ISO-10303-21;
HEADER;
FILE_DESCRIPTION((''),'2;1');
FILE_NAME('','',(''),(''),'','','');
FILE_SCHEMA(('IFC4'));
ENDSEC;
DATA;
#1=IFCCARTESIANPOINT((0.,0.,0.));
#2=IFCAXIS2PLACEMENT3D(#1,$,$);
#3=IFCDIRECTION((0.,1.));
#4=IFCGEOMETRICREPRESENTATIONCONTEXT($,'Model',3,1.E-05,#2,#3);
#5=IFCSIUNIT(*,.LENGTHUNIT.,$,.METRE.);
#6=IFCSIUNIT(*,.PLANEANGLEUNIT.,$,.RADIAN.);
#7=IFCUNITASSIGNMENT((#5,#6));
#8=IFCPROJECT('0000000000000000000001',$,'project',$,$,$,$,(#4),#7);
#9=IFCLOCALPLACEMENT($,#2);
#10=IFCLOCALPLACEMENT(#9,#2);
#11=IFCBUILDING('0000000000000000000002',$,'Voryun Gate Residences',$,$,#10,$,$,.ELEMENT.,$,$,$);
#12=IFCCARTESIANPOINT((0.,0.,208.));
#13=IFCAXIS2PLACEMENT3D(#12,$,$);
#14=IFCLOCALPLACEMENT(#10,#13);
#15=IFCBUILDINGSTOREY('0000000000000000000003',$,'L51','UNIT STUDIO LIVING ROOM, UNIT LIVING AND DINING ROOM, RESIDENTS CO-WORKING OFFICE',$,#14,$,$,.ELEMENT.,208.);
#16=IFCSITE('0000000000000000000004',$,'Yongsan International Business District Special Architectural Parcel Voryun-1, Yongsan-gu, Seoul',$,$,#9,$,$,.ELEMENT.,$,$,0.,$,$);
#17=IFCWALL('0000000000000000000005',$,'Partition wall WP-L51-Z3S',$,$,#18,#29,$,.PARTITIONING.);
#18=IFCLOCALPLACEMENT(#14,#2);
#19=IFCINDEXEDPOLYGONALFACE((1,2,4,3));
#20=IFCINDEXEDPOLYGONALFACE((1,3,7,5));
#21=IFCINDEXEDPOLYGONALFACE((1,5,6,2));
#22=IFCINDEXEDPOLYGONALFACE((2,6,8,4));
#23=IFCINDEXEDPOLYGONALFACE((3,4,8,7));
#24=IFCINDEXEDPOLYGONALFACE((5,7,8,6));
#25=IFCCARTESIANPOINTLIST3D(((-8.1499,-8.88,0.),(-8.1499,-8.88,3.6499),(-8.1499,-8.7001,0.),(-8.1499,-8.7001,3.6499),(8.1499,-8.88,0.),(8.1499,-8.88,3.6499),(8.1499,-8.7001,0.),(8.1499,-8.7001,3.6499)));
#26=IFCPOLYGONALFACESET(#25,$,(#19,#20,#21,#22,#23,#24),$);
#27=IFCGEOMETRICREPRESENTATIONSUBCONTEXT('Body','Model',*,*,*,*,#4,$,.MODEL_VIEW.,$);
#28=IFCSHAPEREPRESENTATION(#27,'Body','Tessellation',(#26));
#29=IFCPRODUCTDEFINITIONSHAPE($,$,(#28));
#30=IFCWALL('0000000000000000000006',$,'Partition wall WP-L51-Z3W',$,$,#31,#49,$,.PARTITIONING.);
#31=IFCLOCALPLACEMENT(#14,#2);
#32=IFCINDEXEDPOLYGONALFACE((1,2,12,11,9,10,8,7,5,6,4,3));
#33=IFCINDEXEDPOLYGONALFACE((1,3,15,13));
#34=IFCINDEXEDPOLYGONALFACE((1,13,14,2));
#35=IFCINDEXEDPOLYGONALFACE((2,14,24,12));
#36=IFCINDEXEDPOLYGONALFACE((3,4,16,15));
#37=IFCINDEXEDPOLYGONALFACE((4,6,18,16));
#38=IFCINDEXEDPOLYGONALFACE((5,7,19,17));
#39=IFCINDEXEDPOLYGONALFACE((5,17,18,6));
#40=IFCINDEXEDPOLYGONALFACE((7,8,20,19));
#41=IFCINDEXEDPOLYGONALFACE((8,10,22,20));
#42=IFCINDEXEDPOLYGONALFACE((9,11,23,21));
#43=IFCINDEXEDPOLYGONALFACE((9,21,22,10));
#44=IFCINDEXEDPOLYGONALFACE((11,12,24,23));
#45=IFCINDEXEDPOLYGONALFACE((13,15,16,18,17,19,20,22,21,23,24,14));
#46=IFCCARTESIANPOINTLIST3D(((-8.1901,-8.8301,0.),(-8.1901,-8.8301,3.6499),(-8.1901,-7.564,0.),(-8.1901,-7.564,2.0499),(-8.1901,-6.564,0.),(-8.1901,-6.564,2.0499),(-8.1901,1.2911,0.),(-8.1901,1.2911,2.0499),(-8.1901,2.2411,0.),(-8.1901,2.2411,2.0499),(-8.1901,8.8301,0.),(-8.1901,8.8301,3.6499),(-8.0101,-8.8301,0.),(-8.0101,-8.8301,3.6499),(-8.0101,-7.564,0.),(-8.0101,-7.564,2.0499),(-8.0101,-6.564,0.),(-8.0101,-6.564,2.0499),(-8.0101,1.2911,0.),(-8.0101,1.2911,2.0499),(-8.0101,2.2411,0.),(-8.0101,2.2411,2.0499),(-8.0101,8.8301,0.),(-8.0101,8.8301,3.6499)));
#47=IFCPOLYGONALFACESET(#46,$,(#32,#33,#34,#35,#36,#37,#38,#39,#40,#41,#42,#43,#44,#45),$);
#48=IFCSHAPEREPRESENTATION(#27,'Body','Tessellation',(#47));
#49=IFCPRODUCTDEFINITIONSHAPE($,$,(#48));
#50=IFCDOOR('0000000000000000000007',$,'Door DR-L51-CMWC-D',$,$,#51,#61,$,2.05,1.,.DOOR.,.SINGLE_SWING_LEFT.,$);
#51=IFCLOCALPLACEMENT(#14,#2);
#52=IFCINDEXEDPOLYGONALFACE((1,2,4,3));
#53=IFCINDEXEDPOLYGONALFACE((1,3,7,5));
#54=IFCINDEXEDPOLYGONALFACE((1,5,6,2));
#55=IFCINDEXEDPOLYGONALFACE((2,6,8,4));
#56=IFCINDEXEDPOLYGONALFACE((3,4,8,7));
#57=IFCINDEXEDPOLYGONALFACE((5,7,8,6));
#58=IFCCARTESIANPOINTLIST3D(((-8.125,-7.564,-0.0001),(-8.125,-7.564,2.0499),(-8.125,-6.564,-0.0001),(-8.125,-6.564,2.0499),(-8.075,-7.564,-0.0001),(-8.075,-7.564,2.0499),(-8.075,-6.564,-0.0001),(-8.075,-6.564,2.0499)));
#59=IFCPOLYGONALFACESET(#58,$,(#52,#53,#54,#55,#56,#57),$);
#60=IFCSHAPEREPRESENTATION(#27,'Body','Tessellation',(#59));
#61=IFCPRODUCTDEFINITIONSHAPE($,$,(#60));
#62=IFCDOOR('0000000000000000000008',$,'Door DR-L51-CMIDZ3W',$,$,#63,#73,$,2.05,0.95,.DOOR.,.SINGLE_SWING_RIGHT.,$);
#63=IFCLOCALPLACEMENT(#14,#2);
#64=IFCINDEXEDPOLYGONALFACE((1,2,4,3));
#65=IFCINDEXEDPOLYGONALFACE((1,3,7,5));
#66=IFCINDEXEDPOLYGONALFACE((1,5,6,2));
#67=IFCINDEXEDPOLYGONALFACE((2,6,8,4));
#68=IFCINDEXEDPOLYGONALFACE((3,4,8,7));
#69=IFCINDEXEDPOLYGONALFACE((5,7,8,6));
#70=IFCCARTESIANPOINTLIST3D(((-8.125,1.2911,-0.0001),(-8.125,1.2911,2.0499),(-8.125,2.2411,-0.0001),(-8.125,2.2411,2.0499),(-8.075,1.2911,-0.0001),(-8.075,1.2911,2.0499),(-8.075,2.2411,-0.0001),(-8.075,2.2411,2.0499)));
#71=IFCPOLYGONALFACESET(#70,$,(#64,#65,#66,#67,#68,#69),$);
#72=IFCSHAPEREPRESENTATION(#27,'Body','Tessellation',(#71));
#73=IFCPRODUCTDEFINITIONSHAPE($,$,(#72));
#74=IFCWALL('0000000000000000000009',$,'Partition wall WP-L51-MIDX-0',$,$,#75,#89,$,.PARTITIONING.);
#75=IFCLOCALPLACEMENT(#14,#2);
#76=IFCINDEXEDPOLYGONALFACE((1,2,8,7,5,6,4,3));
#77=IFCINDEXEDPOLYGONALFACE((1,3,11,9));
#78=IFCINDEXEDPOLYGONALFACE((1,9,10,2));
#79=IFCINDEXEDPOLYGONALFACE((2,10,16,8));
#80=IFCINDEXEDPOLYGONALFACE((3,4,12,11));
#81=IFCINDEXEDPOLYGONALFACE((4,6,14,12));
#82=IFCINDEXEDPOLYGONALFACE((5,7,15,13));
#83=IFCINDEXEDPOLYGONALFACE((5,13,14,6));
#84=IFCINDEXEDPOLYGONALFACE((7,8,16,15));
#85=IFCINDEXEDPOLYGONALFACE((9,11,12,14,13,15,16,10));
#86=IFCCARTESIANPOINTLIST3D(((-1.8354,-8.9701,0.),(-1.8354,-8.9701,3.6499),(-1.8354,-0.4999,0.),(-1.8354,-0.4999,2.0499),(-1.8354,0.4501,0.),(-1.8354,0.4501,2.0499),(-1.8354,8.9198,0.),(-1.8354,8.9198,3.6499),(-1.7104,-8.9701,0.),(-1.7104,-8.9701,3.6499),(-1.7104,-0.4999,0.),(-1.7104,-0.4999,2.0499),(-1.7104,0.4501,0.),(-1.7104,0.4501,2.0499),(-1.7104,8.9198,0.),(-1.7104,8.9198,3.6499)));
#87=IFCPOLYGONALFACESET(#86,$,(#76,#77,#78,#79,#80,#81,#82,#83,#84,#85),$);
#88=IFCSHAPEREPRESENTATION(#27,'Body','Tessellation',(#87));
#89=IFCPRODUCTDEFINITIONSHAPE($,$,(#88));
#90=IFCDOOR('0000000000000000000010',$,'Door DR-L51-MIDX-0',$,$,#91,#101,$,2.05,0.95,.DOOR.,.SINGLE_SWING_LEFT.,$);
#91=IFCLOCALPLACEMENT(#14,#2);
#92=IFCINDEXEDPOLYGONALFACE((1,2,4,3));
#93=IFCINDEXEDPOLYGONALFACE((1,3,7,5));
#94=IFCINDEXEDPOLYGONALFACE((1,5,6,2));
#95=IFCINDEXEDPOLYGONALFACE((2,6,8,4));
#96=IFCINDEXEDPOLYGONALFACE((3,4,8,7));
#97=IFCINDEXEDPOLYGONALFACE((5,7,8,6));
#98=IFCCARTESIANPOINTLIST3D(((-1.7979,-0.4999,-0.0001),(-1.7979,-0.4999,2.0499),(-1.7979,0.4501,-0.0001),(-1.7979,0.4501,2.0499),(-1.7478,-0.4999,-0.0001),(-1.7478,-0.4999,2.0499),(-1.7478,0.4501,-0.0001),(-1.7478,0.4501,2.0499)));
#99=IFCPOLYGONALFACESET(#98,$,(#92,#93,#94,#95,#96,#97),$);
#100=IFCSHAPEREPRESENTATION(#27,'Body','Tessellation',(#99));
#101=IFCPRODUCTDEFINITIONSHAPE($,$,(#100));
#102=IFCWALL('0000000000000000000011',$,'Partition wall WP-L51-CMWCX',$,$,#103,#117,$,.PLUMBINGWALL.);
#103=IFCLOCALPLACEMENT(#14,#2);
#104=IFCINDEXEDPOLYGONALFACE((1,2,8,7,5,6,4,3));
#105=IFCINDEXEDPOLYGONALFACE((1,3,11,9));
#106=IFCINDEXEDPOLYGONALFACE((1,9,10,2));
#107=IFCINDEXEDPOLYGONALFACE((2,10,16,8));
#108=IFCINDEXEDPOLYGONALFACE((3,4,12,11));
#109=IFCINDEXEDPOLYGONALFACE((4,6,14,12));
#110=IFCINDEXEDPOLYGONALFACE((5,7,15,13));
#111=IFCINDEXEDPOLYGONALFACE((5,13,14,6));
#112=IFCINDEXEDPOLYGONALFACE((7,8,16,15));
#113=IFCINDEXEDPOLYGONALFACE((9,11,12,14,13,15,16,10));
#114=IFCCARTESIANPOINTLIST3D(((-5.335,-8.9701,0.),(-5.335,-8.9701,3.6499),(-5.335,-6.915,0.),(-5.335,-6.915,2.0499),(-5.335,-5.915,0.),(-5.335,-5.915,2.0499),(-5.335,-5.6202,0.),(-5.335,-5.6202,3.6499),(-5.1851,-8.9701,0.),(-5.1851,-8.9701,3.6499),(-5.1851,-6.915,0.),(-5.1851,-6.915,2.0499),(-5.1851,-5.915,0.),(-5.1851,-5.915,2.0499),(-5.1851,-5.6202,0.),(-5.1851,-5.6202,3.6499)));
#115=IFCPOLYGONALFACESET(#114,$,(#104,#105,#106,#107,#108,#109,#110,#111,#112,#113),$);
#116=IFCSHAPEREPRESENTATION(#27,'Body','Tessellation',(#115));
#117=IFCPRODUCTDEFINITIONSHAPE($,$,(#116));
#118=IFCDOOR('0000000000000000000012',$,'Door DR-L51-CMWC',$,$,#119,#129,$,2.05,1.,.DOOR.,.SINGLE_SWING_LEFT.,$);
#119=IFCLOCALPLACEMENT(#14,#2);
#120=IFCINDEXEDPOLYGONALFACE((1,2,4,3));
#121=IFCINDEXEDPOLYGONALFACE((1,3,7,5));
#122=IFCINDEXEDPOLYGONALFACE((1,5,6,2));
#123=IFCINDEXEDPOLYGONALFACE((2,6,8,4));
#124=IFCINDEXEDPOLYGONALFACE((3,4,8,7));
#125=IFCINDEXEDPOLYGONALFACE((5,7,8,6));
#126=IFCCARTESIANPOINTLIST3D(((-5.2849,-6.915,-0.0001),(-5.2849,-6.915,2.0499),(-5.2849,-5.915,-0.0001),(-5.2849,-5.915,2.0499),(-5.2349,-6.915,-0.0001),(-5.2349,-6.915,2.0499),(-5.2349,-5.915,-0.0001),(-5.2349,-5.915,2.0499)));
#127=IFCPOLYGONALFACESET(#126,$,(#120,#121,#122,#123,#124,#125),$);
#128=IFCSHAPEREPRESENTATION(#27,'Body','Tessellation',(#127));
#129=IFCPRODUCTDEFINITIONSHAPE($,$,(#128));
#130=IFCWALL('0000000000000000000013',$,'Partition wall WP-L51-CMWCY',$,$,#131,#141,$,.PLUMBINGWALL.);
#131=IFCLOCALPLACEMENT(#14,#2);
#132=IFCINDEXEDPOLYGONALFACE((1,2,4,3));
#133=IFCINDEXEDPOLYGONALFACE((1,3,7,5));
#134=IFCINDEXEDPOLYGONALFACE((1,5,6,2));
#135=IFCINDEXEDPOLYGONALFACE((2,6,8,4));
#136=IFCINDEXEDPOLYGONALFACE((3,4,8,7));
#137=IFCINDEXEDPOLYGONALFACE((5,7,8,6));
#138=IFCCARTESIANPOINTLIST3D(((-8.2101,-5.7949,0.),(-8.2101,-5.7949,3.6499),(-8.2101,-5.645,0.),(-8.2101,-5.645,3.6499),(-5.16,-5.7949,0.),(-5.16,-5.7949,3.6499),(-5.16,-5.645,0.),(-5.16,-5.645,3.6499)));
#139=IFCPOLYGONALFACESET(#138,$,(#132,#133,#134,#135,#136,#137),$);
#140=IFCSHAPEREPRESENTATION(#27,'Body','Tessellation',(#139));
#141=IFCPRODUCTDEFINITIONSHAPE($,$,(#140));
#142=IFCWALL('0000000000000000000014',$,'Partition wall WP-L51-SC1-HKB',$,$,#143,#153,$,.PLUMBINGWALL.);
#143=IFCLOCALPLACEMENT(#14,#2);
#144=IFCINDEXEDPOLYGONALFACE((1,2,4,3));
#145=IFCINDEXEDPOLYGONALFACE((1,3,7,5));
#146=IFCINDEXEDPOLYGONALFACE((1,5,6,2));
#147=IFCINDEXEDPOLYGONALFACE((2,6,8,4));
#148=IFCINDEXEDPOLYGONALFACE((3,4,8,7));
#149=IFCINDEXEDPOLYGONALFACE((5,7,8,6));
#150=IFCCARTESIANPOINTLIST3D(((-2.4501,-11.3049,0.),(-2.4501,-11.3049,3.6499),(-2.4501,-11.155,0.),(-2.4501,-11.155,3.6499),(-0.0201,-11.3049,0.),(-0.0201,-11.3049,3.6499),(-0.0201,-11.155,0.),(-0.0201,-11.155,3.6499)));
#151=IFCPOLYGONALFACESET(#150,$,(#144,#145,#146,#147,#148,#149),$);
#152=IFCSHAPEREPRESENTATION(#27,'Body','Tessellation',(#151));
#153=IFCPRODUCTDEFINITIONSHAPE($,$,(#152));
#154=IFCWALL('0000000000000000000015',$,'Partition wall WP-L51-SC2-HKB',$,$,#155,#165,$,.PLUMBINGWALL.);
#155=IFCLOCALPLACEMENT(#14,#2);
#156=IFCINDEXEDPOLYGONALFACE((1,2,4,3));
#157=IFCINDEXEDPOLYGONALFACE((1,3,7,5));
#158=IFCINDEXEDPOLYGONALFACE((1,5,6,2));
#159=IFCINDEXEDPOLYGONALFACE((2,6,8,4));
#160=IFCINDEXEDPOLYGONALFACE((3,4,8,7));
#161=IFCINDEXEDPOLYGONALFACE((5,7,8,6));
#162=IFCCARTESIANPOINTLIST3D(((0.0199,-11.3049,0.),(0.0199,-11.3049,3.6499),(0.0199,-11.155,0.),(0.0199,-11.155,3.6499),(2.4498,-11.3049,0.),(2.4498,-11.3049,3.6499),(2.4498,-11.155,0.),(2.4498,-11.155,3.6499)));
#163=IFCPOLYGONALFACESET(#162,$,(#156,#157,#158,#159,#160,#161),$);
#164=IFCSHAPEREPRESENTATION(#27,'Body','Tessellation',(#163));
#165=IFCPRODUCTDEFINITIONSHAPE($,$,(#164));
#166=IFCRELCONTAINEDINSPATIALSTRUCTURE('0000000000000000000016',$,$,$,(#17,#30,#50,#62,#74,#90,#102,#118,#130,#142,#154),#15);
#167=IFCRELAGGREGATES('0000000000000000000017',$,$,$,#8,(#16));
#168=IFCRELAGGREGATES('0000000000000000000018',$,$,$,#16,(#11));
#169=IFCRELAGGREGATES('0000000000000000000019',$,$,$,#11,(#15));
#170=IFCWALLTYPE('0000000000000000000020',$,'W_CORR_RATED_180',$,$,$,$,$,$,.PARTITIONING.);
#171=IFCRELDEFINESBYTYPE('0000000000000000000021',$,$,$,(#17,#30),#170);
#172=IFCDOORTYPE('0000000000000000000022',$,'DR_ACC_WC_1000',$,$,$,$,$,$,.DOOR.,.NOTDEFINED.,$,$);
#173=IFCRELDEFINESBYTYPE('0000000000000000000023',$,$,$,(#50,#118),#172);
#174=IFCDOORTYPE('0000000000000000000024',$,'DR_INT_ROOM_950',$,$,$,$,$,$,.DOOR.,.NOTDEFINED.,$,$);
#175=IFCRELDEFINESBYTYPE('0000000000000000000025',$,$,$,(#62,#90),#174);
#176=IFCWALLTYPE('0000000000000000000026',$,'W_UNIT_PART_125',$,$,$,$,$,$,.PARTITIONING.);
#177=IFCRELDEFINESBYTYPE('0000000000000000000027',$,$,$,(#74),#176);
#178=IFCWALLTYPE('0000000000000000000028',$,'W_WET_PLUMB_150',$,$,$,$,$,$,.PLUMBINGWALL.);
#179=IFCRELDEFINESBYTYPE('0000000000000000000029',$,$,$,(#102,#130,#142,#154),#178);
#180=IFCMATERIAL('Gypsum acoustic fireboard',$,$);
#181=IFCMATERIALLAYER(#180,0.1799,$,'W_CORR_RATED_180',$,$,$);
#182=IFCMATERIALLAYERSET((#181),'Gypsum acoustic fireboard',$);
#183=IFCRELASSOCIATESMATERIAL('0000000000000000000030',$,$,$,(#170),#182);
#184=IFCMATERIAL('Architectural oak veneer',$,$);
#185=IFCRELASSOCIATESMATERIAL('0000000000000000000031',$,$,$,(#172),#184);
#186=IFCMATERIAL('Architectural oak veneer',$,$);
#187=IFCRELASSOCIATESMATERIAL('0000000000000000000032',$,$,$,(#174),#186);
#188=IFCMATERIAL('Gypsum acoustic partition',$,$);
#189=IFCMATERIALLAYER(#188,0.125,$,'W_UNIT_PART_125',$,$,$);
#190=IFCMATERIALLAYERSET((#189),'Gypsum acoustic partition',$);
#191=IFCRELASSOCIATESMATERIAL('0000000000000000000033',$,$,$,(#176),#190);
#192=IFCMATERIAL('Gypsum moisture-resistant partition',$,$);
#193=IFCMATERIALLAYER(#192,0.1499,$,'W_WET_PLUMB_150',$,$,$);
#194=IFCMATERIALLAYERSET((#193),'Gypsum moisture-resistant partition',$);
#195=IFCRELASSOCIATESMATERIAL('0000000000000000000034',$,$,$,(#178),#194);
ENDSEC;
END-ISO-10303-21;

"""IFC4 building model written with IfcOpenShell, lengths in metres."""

from ifc_helpers import new_model, si_unit, direction, frame, frame_2d, origin, place, context, subcontext, project, spatial, rectangle, extrude, material, layer, layer_set, type_object, element, fill, save


model = new_model("IFC4")

# Units and contexts
model_context = context("Model", 3, precision=1e-05, world=origin(), true_north=direction((0.0, 1.0)))
body_context = subcontext(model_context, "Body", "Model", "MODEL_VIEW")
ifc_project = project(units=[si_unit("LENGTHUNIT", "METRE"), si_unit("PLANEANGLEUNIT", "RADIAN")], contexts=[model_context])

# Site, building, storey
site_placement = place(None, origin())
site = spatial("IfcSite", under=ifc_project, at=site_placement, Name="Yongsan International Business District Special Architectural Parcel Voryun-1, Yongsan-gu, Seoul", CompositionType="ELEMENT", RefElevation=0.0)
building_placement = place(site_placement, origin())
building = spatial("IfcBuilding", under=site, at=building_placement, Name="Voryun Gate Residences", CompositionType="ELEMENT")
storey_placement = place(building_placement, frame((0.0, 0.0, 208.0)))
storey = spatial("IfcBuildingStorey", under=building, at=storey_placement, Name="L51", Description="UNIT STUDIO LIVING ROOM, UNIT LIVING AND DINING ROOM, RESIDENTS CO-WORKING OFFICE", CompositionType="ELEMENT", Elevation=208.0)

# Shared definitions
ifc_material_1 = material(Name="Gypsum acoustic fireboard")
ifc_layer_1 = layer(ifc_material_1, 0.1799, Name="W_CORR_RATED_180")
ifc_layer_set_1 = layer_set([ifc_layer_1], Name="Gypsum acoustic fireboard")
wall_type_1 = type_object("IfcWallType", Name="W_CORR_RATED_180", PredefinedType="PARTITIONING", material=ifc_layer_set_1)

# Wall
wall_1_placement = place(storey_placement, frame((-8.1499, -8.79, 0.0), z_axis=(0.0, 0.0, 1.0), x_axis=(1.0, 0.0, 0.0)))
element("IfcWall", 1, at=wall_1_placement, inside=storey, type_object=wall_type_1, Name="Partition wall WP-L51-Z3S", PredefinedType="PARTITIONING", context=body_context, shape_type="SweptSolid", body=[
    extrude(rectangle(XDim=16.2998, YDim=0.1799, at=frame_2d((8.1499, 0.0))), origin(), (0.0, 0.0, 1.0), 3.6499),
])

# Wall, openings, doors
wall_2_placement = place(storey_placement, frame((-8.1001, -8.8301, 0.0), z_axis=(0.0, 0.0, 1.0), x_axis=(0.0, 1.0, 0.0)))
wall_2 = element("IfcWall", 2, at=wall_2_placement, inside=storey, type_object=wall_type_1, Name="Partition wall WP-L51-Z3W", PredefinedType="PARTITIONING", context=body_context, shape_type="SweptSolid", body=[
    extrude(rectangle(XDim=17.6602, YDim=0.1799, at=frame_2d((8.8301, 0.0))), origin(), (0.0, 0.0, 1.0), 3.6499),
])
opening_1_placement = place(wall_2_placement, frame((1.2661, 0.0, 0.0)))
opening_1 = element("IfcOpeningElement", 3, at=opening_1_placement, cuts=wall_2, PredefinedType="OPENING", context=body_context, shape_type="SweptSolid", body=[
    extrude(rectangle(XDim=1.0, YDim=2.05, at=frame_2d((0.5, 1.0249))), frame((0.0, 0.0999, 0.0), z_axis=(0.0, -1.0, 0.0), x_axis=(1.0, 0.0, 0.0)), (0.0, 0.0, 1.0), 0.2),
])
opening_2_placement = place(wall_2_placement, frame((10.1211, 0.0, 0.0)))
opening_2 = element("IfcOpeningElement", 4, at=opening_2_placement, cuts=wall_2, PredefinedType="OPENING", context=body_context, shape_type="SweptSolid", body=[
    extrude(rectangle(XDim=0.95, YDim=2.05, at=frame_2d((0.4751, 1.0249))), frame((0.0, 0.0999, 0.0), z_axis=(0.0, -1.0, 0.0), x_axis=(1.0, 0.0, 0.0)), (0.0, 0.0, 1.0), 0.2),
])
ifc_material_2 = material(Name="Architectural oak veneer")
door_type_1 = type_object("IfcDoorType", Name="DR_ACC_WC_1000", OperationType="NOTDEFINED", PredefinedType="DOOR", material=ifc_material_2)
door_1_placement = place(opening_1_placement, origin())
door_1 = element("IfcDoor", 5, at=door_1_placement, inside=storey, type_object=door_type_1, Name="Door DR-L51-CMWC-D", OperationType="SINGLE_SWING_LEFT", OverallHeight=2.05, OverallWidth=1.0, PredefinedType="DOOR", context=body_context, shape_type="SweptSolid", body=[
    extrude(rectangle(XDim=1.0, YDim=2.05, at=frame_2d((0.5, 1.0249))), frame((0.0, 0.0249, 0.0), z_axis=(0.0, -1.0, 0.0), x_axis=(1.0, 0.0, 0.0)), (0.0, 0.0, 1.0), 0.05),
])
fill(opening_1, door_1)
ifc_material_3 = material(Name="Architectural oak veneer")
door_type_2 = type_object("IfcDoorType", Name="DR_INT_ROOM_950", OperationType="NOTDEFINED", PredefinedType="DOOR", material=ifc_material_3)
door_2_placement = place(opening_2_placement, origin())
door_2 = element("IfcDoor", 6, at=door_2_placement, inside=storey, type_object=door_type_2, Name="Door DR-L51-CMIDZ3W", OperationType="SINGLE_SWING_RIGHT", OverallHeight=2.05, OverallWidth=0.95, PredefinedType="DOOR", context=body_context, shape_type="SweptSolid", body=[
    extrude(rectangle(XDim=0.95, YDim=2.05, at=frame_2d((0.4751, 1.0249))), frame((0.0, 0.0249, 0.0), z_axis=(0.0, -1.0, 0.0), x_axis=(1.0, 0.0, 0.0)), (0.0, 0.0, 1.0), 0.05),
])
fill(opening_2, door_2)

# Walls, openings, doors
ifc_material_4 = material(Name="Gypsum acoustic partition")
ifc_layer_2 = layer(ifc_material_4, 0.125, Name="W_UNIT_PART_125")
ifc_layer_set_2 = layer_set([ifc_layer_2], Name="Gypsum acoustic partition")
wall_type_2 = type_object("IfcWallType", Name="W_UNIT_PART_125", PredefinedType="PARTITIONING", material=ifc_layer_set_2)
wall_3_placement = place(storey_placement, frame((-1.7729, -8.97, 0.0), z_axis=(0.0, 0.0, 1.0), x_axis=(0.0, 1.0, 0.0)))
wall_3 = element("IfcWall", 7, at=wall_3_placement, inside=storey, type_object=wall_type_2, Name="Partition wall WP-L51-MIDX-0", PredefinedType="PARTITIONING", context=body_context, shape_type="SweptSolid", body=[
    extrude(rectangle(XDim=17.8899, YDim=0.125, at=frame_2d((8.9448, 0.0))), origin(), (0.0, 0.0, 1.0), 3.6499),
])
opening_3_placement = place(wall_3_placement, frame((8.47, 0.0, 0.0)))
opening_3 = element("IfcOpeningElement", 8, at=opening_3_placement, cuts=wall_3, PredefinedType="OPENING", context=body_context, shape_type="SweptSolid", body=[
    extrude(rectangle(XDim=0.95, YDim=2.05, at=frame_2d((0.4751, 1.0249))), frame((0.0, 0.0725, 0.0), z_axis=(0.0, -1.0, 0.0), x_axis=(1.0, 0.0, 0.0)), (0.0, 0.0, 1.0), 0.145),
])
door_3_placement = place(opening_3_placement, origin())
door_3 = element("IfcDoor", 9, at=door_3_placement, inside=storey, type_object=door_type_2, Name="Door DR-L51-MIDX-0", OperationType="SINGLE_SWING_LEFT", OverallHeight=2.05, OverallWidth=0.95, PredefinedType="DOOR", context=body_context, shape_type="SweptSolid", body=[
    extrude(rectangle(XDim=0.95, YDim=2.05, at=frame_2d((0.4751, 1.0249))), frame((0.0, 0.0249, 0.0), z_axis=(0.0, -1.0, 0.0), x_axis=(1.0, 0.0, 0.0)), (0.0, 0.0, 1.0), 0.05),
])
fill(opening_3, door_3)
ifc_material_5 = material(Name="Gypsum moisture-resistant partition")
ifc_layer_3 = layer(ifc_material_5, 0.1499, Name="W_WET_PLUMB_150")
ifc_layer_set_3 = layer_set([ifc_layer_3], Name="Gypsum moisture-resistant partition")
wall_type_3 = type_object("IfcWallType", Name="W_WET_PLUMB_150", PredefinedType="PLUMBINGWALL", material=ifc_layer_set_3)
wall_4_placement = place(storey_placement, frame((-5.26, -8.97, 0.0), z_axis=(0.0, 0.0, 1.0), x_axis=(0.0, 1.0, 0.0)))
wall_4 = element("IfcWall", 10, at=wall_4_placement, inside=storey, type_object=wall_type_3, Name="Partition wall WP-L51-CMWCX", PredefinedType="PLUMBINGWALL", context=body_context, shape_type="SweptSolid", body=[
    extrude(rectangle(XDim=3.3499, YDim=0.1499, at=frame_2d((1.6748, 0.0))), origin(), (0.0, 0.0, 1.0), 3.6499),
])
opening_4_placement = place(wall_4_placement, frame((2.0549, 0.0, 0.0)))
opening_4 = element("IfcOpeningElement", 11, at=opening_4_placement, cuts=wall_4, PredefinedType="OPENING", context=body_context, shape_type="SweptSolid", body=[
    extrude(rectangle(XDim=1.0, YDim=2.05, at=frame_2d((0.5, 1.0249))), frame((0.0, 0.085, 0.0), z_axis=(0.0, -1.0, 0.0), x_axis=(1.0, 0.0, 0.0)), (0.0, 0.0, 1.0), 0.1699),
])
door_4_placement = place(opening_4_placement, origin())
door_4 = element("IfcDoor", 12, at=door_4_placement, inside=storey, type_object=door_type_1, Name="Door DR-L51-CMWC", OperationType="SINGLE_SWING_LEFT", OverallHeight=2.05, OverallWidth=1.0, PredefinedType="DOOR", context=body_context, shape_type="SweptSolid", body=[
    extrude(rectangle(XDim=1.0, YDim=2.05, at=frame_2d((0.5, 1.0249))), frame((0.0, 0.0249, 0.0), z_axis=(0.0, -1.0, 0.0), x_axis=(1.0, 0.0, 0.0)), (0.0, 0.0, 1.0), 0.05),
])
fill(opening_4, door_4)

# Walls
wall_5_placement = place(storey_placement, frame((-8.21, -5.72, 0.0), z_axis=(0.0, 0.0, 1.0), x_axis=(1.0, 0.0, 0.0)))
element("IfcWall", 13, at=wall_5_placement, inside=storey, type_object=wall_type_3, Name="Partition wall WP-L51-CMWCY", PredefinedType="PLUMBINGWALL", context=body_context, shape_type="SweptSolid", body=[
    extrude(rectangle(XDim=3.05, YDim=0.1499, at=frame_2d((1.5249, 0.0))), origin(), (0.0, 0.0, 1.0), 3.6499),
])
for number, where, z_axis, x_axis, name in (
    (14, (-2.45, -11.23, 0.0), (0.0, 0.0, 1.0), (1.0, 0.0, 0.0), "Partition wall WP-L51-SC1-HKB"),
    (15, (0.02, -11.23, 0.0), (0.0, 0.0, 1.0), (1.0, 0.0, 0.0), "Partition wall WP-L51-SC2-HKB"),
):
    element("IfcWall", number, at=place(storey_placement, frame(where, z_axis=z_axis, x_axis=x_axis)), inside=storey, type_object=wall_type_3, Name=name, PredefinedType="PLUMBINGWALL", context=body_context, shape_type="SweptSolid", body=[
        extrude(rectangle(XDim=2.4299, YDim=0.1499, at=frame_2d((1.2148, 0.0))), origin(), (0.0, 0.0, 1.0), 3.6499),
    ])

save(model, "model.ifc")
